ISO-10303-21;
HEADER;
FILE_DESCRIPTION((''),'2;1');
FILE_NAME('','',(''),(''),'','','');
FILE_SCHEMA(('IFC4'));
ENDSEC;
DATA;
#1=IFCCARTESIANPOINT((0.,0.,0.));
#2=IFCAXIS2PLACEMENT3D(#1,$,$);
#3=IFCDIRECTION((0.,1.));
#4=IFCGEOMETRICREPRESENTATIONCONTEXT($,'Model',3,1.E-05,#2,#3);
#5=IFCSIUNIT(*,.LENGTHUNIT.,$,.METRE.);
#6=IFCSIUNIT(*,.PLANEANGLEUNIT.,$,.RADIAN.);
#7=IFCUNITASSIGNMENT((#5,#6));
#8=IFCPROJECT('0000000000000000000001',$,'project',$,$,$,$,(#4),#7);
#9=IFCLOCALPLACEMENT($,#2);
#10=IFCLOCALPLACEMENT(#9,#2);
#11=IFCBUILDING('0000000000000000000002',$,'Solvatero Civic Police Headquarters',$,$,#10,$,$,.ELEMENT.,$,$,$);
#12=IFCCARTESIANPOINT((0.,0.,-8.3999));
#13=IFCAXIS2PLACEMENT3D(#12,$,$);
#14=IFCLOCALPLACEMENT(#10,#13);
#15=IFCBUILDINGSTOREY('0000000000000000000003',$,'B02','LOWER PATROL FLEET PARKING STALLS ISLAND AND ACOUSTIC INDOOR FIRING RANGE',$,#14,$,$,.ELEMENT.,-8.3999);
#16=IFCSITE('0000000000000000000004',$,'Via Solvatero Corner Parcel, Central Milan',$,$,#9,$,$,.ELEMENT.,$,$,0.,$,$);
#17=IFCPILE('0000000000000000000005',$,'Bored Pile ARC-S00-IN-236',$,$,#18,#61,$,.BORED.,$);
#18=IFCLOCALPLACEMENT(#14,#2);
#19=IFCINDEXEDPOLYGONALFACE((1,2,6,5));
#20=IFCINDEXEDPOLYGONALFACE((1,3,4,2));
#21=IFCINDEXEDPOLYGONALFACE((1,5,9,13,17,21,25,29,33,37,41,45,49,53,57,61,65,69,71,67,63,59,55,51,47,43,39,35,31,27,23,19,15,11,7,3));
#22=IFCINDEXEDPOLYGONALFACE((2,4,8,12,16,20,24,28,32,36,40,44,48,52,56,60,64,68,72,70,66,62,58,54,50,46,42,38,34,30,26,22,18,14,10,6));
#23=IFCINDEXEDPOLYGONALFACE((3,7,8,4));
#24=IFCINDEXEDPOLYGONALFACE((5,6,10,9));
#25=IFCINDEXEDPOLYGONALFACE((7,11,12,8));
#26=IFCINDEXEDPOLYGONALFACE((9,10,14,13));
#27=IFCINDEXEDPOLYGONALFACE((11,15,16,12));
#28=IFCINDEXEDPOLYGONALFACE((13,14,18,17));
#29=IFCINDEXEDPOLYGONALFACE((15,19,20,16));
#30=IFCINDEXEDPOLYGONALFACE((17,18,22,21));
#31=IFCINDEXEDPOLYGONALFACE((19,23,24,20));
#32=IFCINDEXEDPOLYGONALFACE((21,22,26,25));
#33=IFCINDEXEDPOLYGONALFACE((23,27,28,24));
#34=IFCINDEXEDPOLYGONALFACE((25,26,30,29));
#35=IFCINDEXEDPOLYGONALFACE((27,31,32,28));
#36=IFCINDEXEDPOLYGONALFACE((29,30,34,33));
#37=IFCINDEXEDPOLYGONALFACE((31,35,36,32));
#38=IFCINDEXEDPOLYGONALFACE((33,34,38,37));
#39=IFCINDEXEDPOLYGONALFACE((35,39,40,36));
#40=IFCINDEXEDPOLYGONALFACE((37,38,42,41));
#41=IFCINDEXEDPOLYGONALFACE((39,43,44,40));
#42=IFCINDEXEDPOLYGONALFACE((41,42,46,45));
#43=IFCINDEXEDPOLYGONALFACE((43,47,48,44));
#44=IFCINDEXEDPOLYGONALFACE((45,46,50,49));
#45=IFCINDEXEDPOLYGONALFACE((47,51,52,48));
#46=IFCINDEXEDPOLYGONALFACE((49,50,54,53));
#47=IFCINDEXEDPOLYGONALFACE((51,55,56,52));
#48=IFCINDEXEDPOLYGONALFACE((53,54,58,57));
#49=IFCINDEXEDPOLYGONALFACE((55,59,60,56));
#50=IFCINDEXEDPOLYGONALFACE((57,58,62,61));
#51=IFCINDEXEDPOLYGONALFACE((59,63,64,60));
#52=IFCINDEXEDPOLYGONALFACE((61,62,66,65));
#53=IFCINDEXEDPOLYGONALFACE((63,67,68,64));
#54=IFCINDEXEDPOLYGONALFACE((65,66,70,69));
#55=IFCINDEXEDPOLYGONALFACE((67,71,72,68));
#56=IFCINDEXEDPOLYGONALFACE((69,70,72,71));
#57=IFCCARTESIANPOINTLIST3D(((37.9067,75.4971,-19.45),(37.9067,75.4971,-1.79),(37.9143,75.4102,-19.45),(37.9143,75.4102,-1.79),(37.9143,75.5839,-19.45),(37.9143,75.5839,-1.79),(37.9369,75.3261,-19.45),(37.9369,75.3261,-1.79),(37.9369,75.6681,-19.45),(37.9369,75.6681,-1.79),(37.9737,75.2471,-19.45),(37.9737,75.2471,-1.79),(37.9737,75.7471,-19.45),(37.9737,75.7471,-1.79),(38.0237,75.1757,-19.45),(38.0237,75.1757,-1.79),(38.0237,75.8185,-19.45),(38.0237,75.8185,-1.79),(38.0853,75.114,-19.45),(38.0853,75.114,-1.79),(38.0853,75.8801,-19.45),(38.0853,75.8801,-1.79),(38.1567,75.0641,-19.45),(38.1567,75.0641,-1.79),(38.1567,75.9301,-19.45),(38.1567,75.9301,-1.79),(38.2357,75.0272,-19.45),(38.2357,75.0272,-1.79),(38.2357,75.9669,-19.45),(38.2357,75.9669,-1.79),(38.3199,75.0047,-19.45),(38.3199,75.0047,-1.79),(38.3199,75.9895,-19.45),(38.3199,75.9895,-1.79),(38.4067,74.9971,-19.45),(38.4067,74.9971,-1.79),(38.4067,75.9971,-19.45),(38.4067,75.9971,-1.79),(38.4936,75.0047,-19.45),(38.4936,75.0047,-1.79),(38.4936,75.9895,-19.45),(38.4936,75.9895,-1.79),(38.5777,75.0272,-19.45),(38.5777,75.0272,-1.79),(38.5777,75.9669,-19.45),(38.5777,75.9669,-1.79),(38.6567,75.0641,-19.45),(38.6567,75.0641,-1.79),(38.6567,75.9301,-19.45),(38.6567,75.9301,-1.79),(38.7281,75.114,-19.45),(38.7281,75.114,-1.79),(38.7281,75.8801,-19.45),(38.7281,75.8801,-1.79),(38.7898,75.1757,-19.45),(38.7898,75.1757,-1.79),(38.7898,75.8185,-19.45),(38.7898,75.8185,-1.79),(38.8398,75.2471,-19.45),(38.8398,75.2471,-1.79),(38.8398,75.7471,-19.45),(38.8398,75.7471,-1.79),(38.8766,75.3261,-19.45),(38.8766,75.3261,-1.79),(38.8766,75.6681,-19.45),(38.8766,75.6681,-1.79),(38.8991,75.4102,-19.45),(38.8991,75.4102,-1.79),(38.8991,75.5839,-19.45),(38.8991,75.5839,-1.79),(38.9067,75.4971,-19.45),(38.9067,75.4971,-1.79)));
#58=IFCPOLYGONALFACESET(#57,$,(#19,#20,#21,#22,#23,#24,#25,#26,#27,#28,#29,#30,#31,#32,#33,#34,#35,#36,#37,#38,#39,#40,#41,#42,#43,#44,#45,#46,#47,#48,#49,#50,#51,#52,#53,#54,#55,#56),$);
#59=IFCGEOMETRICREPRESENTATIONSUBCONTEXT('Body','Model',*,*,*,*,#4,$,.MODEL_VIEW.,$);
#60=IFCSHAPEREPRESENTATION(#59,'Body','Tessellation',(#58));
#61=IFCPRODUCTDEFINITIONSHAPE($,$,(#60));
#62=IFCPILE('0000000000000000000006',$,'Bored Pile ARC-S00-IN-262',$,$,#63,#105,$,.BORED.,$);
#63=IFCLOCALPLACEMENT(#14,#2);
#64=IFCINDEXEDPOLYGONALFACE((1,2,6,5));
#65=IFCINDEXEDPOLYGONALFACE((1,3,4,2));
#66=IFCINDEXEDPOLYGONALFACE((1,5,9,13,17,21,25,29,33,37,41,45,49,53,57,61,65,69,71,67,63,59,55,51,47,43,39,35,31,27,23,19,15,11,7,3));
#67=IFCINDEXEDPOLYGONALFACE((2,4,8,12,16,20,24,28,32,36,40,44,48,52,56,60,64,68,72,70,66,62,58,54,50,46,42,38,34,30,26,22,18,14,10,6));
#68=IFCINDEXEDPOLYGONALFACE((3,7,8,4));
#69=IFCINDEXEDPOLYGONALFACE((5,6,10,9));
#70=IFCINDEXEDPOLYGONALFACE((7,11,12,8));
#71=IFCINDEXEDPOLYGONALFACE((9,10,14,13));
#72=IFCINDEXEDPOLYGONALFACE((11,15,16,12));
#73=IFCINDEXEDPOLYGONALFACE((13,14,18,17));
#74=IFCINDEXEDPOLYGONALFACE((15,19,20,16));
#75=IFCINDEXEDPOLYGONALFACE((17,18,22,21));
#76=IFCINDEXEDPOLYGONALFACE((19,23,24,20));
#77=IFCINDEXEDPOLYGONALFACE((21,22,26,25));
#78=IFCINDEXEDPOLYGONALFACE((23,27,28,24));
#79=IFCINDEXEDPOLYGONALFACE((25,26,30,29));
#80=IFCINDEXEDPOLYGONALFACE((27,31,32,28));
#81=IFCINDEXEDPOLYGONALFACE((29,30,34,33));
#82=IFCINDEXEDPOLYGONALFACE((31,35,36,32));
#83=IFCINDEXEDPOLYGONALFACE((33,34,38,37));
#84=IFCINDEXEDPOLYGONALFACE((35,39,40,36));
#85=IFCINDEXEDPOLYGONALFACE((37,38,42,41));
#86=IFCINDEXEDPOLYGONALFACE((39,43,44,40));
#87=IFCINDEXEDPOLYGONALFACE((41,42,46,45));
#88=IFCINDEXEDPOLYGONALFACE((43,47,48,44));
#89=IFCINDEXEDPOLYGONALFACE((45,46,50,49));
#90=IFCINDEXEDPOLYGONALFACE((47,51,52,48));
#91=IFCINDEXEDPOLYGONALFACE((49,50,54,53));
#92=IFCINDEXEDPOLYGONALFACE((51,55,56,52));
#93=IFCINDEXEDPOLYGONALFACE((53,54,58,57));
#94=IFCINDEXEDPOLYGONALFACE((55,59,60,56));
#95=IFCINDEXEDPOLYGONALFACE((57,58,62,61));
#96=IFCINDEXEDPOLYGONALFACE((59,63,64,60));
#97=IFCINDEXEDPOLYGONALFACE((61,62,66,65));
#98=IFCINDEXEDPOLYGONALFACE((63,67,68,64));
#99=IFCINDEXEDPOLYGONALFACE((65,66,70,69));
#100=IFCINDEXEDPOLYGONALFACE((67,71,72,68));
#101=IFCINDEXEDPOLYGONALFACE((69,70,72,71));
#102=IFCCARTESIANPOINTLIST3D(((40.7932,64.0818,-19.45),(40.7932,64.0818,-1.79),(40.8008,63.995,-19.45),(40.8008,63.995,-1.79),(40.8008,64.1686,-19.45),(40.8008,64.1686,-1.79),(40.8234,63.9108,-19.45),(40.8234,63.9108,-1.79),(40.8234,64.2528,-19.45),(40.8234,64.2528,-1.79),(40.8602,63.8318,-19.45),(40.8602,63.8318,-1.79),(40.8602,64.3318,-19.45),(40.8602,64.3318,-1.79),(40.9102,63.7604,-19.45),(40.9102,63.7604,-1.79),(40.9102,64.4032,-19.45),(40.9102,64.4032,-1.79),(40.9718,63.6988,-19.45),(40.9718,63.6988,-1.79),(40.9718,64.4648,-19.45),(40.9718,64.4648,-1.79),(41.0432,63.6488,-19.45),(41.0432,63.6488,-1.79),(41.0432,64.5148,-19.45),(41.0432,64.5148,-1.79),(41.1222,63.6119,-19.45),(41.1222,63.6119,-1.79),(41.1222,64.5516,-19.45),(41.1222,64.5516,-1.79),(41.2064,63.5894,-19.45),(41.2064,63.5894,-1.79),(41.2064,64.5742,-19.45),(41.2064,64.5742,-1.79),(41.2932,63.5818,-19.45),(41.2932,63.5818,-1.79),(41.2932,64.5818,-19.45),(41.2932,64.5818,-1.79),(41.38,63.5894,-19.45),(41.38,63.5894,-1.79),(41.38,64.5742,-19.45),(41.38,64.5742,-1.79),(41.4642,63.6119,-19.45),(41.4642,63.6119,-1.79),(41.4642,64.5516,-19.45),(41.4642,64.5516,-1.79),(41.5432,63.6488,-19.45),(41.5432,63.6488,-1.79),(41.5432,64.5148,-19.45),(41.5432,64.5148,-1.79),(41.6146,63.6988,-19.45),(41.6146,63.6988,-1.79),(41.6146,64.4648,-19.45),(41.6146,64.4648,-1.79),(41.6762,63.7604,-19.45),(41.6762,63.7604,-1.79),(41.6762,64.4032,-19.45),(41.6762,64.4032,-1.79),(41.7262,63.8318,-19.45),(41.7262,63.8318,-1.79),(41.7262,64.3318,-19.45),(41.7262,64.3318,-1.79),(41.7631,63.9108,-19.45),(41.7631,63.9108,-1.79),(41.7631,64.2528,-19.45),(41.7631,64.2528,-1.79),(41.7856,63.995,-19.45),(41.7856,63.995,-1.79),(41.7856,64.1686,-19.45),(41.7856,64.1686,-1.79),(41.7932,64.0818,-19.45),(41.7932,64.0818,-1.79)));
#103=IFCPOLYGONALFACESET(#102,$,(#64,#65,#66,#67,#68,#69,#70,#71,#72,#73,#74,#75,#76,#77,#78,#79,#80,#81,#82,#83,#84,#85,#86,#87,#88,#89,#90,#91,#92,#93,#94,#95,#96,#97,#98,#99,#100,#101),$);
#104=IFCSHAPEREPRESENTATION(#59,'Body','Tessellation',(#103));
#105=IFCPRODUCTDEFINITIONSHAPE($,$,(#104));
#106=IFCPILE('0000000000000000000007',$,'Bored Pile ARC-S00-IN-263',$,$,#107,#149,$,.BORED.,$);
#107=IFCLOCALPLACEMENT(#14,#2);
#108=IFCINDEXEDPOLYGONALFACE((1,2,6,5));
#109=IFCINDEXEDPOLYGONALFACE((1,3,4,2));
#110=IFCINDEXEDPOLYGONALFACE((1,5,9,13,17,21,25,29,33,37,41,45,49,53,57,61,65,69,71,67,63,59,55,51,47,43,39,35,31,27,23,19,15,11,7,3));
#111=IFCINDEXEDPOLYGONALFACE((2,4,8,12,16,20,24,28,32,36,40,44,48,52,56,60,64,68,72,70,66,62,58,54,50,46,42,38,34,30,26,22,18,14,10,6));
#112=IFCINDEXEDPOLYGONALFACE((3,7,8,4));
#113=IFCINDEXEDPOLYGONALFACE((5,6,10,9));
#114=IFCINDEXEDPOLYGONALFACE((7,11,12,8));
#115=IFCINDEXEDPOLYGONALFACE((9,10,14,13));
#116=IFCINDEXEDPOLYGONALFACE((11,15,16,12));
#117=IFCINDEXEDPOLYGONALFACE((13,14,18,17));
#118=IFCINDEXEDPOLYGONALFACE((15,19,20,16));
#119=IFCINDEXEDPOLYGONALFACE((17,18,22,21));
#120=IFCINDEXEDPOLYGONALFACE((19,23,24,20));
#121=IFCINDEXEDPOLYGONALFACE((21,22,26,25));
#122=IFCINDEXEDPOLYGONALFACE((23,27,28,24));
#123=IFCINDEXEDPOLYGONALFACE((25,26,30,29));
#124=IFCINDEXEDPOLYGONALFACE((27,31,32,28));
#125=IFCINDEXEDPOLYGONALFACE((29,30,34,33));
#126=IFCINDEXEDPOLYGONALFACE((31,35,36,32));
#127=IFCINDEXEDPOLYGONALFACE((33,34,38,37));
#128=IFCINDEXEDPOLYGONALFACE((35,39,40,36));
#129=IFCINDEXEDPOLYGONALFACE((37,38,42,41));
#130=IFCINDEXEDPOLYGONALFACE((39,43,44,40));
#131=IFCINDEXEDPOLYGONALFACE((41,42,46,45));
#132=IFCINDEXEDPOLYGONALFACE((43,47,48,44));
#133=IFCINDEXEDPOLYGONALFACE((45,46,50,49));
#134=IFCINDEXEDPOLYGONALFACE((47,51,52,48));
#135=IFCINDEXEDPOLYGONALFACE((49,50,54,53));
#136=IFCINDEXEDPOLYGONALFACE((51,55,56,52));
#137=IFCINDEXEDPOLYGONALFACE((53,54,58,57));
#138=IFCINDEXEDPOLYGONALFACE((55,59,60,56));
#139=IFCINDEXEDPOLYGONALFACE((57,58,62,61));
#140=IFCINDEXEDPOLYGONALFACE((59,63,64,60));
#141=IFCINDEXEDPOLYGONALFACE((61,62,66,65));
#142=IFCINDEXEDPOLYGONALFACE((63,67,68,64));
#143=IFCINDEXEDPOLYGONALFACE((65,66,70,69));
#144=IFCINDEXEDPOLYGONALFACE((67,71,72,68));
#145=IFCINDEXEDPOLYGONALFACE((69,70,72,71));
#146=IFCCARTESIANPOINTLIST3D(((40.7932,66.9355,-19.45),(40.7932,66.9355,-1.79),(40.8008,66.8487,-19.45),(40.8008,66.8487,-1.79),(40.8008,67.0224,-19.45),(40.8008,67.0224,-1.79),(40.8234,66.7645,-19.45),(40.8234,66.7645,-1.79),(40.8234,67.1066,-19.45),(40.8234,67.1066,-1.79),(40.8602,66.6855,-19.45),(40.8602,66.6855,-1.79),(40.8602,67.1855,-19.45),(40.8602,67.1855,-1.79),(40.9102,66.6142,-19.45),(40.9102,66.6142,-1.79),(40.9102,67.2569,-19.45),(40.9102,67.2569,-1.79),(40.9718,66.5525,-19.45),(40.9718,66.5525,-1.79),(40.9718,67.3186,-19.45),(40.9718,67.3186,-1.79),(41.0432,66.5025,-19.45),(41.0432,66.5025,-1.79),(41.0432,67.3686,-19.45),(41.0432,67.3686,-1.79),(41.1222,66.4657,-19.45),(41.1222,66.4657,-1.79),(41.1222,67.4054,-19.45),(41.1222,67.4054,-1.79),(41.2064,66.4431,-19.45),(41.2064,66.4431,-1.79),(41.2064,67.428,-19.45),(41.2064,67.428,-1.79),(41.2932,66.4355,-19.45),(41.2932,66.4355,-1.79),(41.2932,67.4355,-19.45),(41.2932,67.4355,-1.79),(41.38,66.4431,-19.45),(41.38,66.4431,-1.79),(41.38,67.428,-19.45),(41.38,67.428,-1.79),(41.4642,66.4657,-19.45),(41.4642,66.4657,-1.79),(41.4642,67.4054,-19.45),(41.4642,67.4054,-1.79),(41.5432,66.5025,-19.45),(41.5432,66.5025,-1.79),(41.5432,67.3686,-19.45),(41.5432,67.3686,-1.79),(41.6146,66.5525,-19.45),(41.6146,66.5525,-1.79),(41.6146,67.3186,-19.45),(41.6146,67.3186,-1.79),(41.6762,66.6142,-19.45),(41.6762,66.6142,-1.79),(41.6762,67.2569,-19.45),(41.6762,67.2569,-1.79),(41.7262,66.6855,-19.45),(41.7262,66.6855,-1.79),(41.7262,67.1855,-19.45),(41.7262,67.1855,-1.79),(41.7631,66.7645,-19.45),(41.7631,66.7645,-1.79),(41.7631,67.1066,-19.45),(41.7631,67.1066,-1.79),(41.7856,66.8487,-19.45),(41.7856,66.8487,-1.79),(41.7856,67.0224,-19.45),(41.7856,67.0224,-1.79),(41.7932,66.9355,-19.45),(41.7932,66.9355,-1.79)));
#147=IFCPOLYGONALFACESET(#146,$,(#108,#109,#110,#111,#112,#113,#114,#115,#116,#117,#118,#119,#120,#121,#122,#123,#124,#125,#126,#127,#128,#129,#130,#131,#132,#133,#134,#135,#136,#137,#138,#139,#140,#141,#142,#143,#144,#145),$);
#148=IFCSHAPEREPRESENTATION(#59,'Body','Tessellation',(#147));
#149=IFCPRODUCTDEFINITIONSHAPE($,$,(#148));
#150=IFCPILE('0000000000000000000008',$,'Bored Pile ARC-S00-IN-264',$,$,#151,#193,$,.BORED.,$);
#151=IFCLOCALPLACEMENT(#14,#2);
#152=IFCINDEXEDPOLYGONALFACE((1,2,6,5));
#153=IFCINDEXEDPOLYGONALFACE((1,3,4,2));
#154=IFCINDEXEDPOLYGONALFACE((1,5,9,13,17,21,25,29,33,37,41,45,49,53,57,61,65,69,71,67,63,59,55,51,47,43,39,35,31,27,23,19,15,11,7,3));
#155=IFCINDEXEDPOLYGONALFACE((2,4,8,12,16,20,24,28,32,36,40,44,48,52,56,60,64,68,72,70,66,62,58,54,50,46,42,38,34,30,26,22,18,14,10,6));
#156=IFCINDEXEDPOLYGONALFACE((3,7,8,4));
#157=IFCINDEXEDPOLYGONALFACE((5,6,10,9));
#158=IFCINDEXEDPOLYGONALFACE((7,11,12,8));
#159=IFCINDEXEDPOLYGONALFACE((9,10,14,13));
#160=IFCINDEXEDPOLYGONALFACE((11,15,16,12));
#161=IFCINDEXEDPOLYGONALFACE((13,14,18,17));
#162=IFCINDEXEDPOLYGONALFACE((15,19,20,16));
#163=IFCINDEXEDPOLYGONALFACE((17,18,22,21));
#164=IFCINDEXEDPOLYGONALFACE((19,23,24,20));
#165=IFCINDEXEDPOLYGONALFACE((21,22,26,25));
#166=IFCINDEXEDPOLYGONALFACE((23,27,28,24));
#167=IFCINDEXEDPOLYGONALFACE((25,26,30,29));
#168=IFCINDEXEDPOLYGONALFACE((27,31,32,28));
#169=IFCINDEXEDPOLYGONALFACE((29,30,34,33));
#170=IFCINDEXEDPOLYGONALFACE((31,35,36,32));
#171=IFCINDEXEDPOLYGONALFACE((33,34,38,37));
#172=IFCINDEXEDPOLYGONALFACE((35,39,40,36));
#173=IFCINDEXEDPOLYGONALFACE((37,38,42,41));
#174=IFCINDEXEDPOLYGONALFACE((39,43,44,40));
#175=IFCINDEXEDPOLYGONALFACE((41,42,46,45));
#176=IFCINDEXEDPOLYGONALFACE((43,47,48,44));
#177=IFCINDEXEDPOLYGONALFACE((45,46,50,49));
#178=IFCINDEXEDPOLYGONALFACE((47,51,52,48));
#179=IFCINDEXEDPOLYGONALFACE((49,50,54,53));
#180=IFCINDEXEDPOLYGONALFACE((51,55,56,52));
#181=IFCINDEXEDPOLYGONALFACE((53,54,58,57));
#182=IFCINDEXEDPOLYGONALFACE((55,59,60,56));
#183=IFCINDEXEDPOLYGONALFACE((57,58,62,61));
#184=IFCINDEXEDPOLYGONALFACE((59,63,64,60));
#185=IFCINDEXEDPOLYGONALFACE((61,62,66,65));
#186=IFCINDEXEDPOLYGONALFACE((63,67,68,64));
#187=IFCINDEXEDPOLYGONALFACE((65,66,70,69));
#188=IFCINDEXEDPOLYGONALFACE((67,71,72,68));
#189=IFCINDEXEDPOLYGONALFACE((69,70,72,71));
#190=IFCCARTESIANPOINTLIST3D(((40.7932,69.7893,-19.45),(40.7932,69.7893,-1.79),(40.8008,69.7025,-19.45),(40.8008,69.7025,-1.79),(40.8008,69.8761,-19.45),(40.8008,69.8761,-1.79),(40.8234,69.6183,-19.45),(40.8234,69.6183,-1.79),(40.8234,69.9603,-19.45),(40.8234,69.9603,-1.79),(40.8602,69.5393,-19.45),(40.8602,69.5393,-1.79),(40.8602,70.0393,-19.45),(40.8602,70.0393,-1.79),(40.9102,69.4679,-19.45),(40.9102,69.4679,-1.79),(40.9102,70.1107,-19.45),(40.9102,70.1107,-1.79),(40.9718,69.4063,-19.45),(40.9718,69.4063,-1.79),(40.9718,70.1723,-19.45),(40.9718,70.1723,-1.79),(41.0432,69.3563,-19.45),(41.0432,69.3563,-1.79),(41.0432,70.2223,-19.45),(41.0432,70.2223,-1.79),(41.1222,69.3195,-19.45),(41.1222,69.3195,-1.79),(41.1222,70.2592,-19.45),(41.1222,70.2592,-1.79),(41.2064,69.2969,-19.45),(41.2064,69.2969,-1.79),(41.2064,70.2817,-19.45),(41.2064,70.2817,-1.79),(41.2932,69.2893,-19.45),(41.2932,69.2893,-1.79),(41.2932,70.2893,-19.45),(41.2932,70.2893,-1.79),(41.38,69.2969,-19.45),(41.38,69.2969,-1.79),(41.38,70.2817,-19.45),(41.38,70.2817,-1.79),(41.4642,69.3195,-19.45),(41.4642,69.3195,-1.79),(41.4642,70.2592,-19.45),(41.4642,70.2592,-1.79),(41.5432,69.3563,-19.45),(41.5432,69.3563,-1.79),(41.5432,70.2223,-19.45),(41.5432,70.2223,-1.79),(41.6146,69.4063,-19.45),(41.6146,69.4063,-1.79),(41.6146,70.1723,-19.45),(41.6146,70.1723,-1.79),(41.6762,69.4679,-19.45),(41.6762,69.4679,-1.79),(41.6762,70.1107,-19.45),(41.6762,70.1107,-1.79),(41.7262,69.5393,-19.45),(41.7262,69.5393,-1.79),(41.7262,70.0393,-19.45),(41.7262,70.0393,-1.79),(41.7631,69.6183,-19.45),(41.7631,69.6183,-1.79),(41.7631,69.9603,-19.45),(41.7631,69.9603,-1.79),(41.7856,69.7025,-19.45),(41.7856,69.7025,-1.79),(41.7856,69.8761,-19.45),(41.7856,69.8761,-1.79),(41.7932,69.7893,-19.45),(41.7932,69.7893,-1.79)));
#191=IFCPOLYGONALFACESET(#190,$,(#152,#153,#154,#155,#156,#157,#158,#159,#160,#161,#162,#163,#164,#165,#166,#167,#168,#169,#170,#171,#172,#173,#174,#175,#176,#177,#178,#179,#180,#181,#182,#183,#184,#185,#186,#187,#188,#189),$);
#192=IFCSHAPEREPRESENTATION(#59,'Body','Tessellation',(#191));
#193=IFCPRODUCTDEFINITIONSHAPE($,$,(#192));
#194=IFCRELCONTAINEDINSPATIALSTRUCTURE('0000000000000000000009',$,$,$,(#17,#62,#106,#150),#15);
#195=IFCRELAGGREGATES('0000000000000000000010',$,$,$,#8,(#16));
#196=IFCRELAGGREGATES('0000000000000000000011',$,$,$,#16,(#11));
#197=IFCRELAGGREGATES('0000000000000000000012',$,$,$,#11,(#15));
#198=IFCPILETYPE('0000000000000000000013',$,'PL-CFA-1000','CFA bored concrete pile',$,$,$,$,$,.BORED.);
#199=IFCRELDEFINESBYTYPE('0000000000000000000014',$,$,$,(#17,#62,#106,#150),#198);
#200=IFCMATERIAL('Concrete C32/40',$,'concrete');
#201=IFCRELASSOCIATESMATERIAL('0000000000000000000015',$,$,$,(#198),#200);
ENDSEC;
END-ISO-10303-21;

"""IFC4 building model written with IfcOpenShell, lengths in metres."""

from ifc_helpers import new_model, si_unit, direction, frame, origin, origin_2d, place, context, subcontext, project, spatial, circle, extrude, material, material_profile, profile_set, type_object, element, save


model = new_model("IFC4")

# Units and contexts
model_context = context("Model", 3, precision=1e-05, world=origin(), true_north=direction((0.0, 1.0)))
body_context = subcontext(model_context, "Body", "Model", "MODEL_VIEW")
ifc_project = project(units=[si_unit("LENGTHUNIT", "METRE"), si_unit("PLANEANGLEUNIT", "RADIAN")], contexts=[model_context])

# Site, building, storey
site_placement = place(None, origin())
site = spatial("IfcSite", under=ifc_project, at=site_placement, Name="Via Solvatero Corner Parcel, Central Milan", CompositionType="ELEMENT", RefElevation=0.0)
building_placement = place(site_placement, origin())
building = spatial("IfcBuilding", under=site, at=building_placement, Name="Solvatero Civic Police Headquarters", CompositionType="ELEMENT")
storey_placement = place(building_placement, frame((0.0, 0.0, -8.3999)))
storey = spatial("IfcBuildingStorey", under=building, at=storey_placement, Name="B02", Description="LOWER PATROL FLEET PARKING STALLS ISLAND AND ACOUSTIC INDOOR FIRING RANGE", CompositionType="ELEMENT", Elevation=-8.3999)

# Piles
ifc_material_1 = material(Name="Concrete C32/40", Category="concrete")
ifc_material_profile_1 = material_profile(ifc_material_1, circle(Radius=0.5, at=origin_2d()), Name="CFA PILE D1000")
ifc_profile_set_1 = profile_set([ifc_material_profile_1], Name="Concrete C32/40")
pile_type = type_object("IfcPileType", Name="PL-CFA-1000", Description="CFA bored concrete pile", PredefinedType="BORED", material=ifc_profile_set_1)
for number, where, z_axis, x_axis, name in (
    (1, (38.4067, 75.4971, -1.79), (0.0, 0.0, -1.0), (1.0, 0.0, 0.0), "Bored Pile ARC-S00-IN-236"),
    (2, (41.2932, 64.0818, -1.79), (0.0, 0.0, -1.0), (1.0, 0.0, 0.0), "Bored Pile ARC-S00-IN-262"),
    (3, (41.2932, 66.9355, -1.79), (0.0, 0.0, -1.0), (1.0, 0.0, 0.0), "Bored Pile ARC-S00-IN-263"),
    (4, (41.2932, 69.7893, -1.79), (0.0, 0.0, -1.0), (1.0, 0.0, 0.0), "Bored Pile ARC-S00-IN-264"),
):
    element("IfcPile", number, at=place(storey_placement, frame(where, z_axis=z_axis, x_axis=x_axis)), inside=storey, type_object=pile_type, Name=name, PredefinedType="BORED", context=body_context, shape_type="SweptSolid", body=[
        extrude(circle(Radius=0.5, at=origin_2d()), origin(), (0.0, 0.0, 1.0), 17.6599),
    ])

save(model, "model.ifc")
